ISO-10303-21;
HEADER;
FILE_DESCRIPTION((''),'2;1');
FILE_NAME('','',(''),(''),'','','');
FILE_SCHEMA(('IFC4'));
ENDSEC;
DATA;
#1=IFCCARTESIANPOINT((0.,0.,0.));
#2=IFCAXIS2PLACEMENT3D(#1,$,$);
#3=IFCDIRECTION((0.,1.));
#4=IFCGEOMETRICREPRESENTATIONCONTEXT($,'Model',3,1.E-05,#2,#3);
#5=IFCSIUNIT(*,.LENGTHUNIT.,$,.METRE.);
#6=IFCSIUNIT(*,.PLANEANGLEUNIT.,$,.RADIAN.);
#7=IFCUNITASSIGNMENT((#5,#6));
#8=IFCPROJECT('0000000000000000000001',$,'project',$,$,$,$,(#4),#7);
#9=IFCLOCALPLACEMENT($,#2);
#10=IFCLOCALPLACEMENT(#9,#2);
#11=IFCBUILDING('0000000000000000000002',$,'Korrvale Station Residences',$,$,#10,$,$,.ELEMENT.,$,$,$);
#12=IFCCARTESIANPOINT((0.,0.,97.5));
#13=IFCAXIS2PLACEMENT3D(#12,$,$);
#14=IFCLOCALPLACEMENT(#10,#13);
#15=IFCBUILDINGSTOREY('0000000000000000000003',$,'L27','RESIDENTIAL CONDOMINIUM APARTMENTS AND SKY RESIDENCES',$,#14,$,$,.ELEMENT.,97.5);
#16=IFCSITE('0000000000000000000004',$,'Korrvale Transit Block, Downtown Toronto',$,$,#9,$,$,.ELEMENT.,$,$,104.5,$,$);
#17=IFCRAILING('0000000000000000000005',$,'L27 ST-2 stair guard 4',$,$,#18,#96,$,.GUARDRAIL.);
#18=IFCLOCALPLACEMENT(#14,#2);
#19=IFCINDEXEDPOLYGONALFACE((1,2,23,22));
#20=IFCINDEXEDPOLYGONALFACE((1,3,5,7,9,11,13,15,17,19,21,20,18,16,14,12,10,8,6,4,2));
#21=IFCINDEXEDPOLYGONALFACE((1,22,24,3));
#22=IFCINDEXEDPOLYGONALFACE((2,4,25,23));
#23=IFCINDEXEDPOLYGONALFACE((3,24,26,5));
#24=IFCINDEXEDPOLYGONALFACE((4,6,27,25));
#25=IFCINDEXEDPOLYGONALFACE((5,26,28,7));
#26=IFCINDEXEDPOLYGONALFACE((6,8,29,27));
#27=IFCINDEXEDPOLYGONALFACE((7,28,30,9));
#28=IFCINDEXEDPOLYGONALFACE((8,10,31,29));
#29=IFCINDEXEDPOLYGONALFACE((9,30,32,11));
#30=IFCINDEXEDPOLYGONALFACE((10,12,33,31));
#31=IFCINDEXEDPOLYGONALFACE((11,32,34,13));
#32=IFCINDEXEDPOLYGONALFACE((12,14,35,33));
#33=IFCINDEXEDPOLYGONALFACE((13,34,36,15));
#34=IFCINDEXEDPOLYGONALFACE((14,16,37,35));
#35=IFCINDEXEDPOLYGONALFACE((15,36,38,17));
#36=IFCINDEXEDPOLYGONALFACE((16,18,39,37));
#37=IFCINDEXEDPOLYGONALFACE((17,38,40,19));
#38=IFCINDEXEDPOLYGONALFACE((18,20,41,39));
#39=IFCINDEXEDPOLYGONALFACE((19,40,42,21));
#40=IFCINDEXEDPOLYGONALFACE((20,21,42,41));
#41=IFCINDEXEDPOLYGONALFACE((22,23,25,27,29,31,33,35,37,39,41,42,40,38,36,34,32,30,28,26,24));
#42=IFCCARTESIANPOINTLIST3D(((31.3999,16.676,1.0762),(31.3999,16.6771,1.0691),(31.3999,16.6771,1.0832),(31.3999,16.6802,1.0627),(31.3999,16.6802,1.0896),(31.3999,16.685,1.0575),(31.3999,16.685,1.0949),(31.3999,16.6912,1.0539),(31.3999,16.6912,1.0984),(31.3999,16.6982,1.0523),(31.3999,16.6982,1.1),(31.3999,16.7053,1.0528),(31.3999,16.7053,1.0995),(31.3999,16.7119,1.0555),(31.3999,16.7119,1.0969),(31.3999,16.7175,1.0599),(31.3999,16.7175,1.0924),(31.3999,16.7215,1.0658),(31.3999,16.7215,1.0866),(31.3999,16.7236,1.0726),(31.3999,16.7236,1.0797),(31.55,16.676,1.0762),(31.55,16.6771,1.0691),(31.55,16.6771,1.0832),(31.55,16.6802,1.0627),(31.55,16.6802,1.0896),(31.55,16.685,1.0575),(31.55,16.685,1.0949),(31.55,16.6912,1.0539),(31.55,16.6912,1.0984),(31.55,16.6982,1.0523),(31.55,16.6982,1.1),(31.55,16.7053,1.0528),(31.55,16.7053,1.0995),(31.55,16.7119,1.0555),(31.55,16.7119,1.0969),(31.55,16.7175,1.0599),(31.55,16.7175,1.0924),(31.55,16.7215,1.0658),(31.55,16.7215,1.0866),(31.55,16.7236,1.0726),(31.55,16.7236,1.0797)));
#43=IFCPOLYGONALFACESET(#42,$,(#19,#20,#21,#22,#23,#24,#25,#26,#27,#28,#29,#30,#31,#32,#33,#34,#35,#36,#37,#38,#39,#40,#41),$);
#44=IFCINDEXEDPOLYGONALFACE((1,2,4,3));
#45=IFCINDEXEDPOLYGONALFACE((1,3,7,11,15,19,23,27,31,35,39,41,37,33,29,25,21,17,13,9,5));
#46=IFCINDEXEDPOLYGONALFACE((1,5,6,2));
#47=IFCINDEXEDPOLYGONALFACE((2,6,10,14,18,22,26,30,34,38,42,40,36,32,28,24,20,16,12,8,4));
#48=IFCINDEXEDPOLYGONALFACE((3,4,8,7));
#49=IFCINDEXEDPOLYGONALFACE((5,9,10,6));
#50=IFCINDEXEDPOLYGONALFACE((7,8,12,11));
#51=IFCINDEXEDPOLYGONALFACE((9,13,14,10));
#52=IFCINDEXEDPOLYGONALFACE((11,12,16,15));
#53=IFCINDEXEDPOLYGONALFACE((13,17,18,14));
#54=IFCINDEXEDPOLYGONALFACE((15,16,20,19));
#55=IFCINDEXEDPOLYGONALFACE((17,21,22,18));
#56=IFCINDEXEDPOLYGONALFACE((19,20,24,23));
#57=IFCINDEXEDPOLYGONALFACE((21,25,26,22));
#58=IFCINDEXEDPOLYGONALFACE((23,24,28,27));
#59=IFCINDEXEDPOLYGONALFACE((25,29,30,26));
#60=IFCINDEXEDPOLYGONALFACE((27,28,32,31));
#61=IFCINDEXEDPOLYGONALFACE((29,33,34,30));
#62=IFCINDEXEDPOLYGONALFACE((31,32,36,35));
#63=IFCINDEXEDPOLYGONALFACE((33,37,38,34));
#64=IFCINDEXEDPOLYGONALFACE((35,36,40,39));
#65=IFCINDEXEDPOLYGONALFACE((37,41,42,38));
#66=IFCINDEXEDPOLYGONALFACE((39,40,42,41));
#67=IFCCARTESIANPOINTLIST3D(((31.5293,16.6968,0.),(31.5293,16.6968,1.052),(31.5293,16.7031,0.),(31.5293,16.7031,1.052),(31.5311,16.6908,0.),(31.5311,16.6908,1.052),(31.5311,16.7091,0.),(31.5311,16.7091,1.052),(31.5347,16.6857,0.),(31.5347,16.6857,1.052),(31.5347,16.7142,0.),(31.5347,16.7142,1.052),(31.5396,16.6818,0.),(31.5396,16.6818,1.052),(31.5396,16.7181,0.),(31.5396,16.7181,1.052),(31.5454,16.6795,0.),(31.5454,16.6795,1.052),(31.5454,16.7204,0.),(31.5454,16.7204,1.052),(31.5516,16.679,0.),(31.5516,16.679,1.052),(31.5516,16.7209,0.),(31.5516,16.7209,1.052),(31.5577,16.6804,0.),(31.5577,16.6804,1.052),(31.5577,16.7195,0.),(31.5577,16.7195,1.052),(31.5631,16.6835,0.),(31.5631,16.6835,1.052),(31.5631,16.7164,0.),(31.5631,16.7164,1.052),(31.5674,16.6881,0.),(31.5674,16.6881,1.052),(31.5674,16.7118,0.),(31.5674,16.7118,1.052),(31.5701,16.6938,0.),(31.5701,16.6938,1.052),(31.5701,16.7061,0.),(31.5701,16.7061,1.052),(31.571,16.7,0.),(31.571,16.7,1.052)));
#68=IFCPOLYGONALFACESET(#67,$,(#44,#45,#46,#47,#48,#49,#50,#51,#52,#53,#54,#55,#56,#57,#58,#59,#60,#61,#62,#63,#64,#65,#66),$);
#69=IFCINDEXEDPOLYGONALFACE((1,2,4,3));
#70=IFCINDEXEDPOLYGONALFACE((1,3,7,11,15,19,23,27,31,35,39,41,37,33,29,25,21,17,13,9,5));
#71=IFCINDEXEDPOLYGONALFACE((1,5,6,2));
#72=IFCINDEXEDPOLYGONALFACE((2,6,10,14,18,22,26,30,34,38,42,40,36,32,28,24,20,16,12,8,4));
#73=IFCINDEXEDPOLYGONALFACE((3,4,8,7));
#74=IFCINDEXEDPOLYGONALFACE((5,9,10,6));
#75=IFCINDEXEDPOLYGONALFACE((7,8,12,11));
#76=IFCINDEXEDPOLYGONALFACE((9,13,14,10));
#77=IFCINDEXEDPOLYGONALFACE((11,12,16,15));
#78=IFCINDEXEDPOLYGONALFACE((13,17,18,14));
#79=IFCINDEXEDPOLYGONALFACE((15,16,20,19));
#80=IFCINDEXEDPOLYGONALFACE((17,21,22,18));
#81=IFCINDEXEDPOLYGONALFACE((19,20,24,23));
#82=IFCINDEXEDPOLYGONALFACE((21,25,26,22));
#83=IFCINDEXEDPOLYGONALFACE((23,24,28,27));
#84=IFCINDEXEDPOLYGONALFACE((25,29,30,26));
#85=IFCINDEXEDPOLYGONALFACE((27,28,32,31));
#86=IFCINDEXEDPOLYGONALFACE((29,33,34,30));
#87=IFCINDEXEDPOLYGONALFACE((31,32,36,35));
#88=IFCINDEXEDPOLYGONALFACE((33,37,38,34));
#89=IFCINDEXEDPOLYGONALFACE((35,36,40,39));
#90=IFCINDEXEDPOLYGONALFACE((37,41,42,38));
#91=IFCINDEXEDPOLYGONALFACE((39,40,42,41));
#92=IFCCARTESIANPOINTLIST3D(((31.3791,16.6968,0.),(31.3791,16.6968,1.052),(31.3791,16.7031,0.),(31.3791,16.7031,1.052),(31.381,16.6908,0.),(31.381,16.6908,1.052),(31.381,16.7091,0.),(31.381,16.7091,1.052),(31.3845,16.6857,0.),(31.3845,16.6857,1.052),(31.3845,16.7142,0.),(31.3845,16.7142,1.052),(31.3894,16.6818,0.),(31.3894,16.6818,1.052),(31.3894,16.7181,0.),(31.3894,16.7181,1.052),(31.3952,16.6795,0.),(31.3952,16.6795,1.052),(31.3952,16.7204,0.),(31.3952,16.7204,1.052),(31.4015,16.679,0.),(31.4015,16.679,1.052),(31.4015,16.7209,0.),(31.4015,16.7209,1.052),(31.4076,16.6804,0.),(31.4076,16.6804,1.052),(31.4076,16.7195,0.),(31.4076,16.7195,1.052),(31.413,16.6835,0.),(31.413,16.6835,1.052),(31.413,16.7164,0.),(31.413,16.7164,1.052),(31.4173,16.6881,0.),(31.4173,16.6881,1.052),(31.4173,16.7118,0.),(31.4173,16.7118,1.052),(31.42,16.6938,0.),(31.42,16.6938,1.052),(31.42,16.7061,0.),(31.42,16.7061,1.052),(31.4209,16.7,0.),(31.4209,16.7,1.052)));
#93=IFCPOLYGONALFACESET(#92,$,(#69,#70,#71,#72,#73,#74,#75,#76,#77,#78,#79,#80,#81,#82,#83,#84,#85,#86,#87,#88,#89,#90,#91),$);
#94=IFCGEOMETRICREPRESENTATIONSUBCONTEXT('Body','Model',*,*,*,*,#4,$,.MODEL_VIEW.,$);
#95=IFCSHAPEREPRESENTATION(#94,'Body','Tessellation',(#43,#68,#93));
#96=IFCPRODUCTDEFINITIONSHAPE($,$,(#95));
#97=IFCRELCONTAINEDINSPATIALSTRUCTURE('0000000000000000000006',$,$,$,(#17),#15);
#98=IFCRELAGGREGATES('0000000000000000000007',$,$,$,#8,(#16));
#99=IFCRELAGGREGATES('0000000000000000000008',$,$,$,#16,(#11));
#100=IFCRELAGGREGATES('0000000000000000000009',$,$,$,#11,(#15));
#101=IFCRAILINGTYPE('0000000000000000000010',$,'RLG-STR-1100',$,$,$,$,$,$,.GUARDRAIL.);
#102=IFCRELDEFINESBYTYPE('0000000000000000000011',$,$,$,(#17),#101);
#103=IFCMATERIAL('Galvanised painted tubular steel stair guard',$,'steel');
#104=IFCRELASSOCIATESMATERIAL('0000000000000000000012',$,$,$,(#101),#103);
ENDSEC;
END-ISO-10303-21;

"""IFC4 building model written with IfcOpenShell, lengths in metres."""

from ifc_helpers import new_model, si_unit, direction, frame, origin, origin_2d, place, context, subcontext, project, spatial, circle, extrude, material, type_object, element, save


model = new_model("IFC4")

# Units and contexts
model_context = context("Model", 3, precision=1e-05, world=origin(), true_north=direction((0.0, 1.0)))
body_context = subcontext(model_context, "Body", "Model", "MODEL_VIEW")
ifc_project = project(units=[si_unit("LENGTHUNIT", "METRE"), si_unit("PLANEANGLEUNIT", "RADIAN")], contexts=[model_context])

# Site, building, storey
site_placement = place(None, origin())
site = spatial("IfcSite", under=ifc_project, at=site_placement, Name="Korrvale Transit Block, Downtown Toronto", CompositionType="ELEMENT", RefElevation=104.5)
building_placement = place(site_placement, origin())
building = spatial("IfcBuilding", under=site, at=building_placement, Name="Korrvale Station Residences", CompositionType="ELEMENT")
storey_placement = place(building_placement, frame((0.0, 0.0, 97.5)))
storey = spatial("IfcBuildingStorey", under=building, at=storey_placement, Name="L27", Description="RESIDENTIAL CONDOMINIUM APARTMENTS AND SKY RESIDENCES", CompositionType="ELEMENT", Elevation=97.5)

# Railing
ifc_material_1 = material(Name="Galvanised painted tubular steel stair guard", Category="steel")
railing_type_1 = type_object("IfcRailingType", Name="RLG-STR-1100", PredefinedType="GUARDRAIL", material=ifc_material_1)
railing_1_placement = place(storey_placement, frame((31.55, 16.7, 0.0)))
element("IfcRailing", 1, at=railing_1_placement, inside=storey, type_object=railing_type_1, Name="L27 ST-2 stair guard 4", PredefinedType="GUARDRAIL", context=body_context, shape_type="SweptSolid", body=[
    extrude(circle(Radius=0.0239, at=origin_2d()), frame((0.0, 0.0, 1.0762), z_axis=(-1.0, 0.0, 0.0), x_axis=(0.0, -1.0, 0.0)), (0.0, 0.0, 1.0), 0.1501),
    extrude(circle(Radius=0.021, at=origin_2d()), origin(), (0.0, 0.0, 1.0), 1.052),
    extrude(circle(Radius=0.021, at=origin_2d()), frame((-0.1501, 0.0, 0.0)), (0.0, 0.0, 1.0), 1.052),
])

save(model, "model.ifc")
